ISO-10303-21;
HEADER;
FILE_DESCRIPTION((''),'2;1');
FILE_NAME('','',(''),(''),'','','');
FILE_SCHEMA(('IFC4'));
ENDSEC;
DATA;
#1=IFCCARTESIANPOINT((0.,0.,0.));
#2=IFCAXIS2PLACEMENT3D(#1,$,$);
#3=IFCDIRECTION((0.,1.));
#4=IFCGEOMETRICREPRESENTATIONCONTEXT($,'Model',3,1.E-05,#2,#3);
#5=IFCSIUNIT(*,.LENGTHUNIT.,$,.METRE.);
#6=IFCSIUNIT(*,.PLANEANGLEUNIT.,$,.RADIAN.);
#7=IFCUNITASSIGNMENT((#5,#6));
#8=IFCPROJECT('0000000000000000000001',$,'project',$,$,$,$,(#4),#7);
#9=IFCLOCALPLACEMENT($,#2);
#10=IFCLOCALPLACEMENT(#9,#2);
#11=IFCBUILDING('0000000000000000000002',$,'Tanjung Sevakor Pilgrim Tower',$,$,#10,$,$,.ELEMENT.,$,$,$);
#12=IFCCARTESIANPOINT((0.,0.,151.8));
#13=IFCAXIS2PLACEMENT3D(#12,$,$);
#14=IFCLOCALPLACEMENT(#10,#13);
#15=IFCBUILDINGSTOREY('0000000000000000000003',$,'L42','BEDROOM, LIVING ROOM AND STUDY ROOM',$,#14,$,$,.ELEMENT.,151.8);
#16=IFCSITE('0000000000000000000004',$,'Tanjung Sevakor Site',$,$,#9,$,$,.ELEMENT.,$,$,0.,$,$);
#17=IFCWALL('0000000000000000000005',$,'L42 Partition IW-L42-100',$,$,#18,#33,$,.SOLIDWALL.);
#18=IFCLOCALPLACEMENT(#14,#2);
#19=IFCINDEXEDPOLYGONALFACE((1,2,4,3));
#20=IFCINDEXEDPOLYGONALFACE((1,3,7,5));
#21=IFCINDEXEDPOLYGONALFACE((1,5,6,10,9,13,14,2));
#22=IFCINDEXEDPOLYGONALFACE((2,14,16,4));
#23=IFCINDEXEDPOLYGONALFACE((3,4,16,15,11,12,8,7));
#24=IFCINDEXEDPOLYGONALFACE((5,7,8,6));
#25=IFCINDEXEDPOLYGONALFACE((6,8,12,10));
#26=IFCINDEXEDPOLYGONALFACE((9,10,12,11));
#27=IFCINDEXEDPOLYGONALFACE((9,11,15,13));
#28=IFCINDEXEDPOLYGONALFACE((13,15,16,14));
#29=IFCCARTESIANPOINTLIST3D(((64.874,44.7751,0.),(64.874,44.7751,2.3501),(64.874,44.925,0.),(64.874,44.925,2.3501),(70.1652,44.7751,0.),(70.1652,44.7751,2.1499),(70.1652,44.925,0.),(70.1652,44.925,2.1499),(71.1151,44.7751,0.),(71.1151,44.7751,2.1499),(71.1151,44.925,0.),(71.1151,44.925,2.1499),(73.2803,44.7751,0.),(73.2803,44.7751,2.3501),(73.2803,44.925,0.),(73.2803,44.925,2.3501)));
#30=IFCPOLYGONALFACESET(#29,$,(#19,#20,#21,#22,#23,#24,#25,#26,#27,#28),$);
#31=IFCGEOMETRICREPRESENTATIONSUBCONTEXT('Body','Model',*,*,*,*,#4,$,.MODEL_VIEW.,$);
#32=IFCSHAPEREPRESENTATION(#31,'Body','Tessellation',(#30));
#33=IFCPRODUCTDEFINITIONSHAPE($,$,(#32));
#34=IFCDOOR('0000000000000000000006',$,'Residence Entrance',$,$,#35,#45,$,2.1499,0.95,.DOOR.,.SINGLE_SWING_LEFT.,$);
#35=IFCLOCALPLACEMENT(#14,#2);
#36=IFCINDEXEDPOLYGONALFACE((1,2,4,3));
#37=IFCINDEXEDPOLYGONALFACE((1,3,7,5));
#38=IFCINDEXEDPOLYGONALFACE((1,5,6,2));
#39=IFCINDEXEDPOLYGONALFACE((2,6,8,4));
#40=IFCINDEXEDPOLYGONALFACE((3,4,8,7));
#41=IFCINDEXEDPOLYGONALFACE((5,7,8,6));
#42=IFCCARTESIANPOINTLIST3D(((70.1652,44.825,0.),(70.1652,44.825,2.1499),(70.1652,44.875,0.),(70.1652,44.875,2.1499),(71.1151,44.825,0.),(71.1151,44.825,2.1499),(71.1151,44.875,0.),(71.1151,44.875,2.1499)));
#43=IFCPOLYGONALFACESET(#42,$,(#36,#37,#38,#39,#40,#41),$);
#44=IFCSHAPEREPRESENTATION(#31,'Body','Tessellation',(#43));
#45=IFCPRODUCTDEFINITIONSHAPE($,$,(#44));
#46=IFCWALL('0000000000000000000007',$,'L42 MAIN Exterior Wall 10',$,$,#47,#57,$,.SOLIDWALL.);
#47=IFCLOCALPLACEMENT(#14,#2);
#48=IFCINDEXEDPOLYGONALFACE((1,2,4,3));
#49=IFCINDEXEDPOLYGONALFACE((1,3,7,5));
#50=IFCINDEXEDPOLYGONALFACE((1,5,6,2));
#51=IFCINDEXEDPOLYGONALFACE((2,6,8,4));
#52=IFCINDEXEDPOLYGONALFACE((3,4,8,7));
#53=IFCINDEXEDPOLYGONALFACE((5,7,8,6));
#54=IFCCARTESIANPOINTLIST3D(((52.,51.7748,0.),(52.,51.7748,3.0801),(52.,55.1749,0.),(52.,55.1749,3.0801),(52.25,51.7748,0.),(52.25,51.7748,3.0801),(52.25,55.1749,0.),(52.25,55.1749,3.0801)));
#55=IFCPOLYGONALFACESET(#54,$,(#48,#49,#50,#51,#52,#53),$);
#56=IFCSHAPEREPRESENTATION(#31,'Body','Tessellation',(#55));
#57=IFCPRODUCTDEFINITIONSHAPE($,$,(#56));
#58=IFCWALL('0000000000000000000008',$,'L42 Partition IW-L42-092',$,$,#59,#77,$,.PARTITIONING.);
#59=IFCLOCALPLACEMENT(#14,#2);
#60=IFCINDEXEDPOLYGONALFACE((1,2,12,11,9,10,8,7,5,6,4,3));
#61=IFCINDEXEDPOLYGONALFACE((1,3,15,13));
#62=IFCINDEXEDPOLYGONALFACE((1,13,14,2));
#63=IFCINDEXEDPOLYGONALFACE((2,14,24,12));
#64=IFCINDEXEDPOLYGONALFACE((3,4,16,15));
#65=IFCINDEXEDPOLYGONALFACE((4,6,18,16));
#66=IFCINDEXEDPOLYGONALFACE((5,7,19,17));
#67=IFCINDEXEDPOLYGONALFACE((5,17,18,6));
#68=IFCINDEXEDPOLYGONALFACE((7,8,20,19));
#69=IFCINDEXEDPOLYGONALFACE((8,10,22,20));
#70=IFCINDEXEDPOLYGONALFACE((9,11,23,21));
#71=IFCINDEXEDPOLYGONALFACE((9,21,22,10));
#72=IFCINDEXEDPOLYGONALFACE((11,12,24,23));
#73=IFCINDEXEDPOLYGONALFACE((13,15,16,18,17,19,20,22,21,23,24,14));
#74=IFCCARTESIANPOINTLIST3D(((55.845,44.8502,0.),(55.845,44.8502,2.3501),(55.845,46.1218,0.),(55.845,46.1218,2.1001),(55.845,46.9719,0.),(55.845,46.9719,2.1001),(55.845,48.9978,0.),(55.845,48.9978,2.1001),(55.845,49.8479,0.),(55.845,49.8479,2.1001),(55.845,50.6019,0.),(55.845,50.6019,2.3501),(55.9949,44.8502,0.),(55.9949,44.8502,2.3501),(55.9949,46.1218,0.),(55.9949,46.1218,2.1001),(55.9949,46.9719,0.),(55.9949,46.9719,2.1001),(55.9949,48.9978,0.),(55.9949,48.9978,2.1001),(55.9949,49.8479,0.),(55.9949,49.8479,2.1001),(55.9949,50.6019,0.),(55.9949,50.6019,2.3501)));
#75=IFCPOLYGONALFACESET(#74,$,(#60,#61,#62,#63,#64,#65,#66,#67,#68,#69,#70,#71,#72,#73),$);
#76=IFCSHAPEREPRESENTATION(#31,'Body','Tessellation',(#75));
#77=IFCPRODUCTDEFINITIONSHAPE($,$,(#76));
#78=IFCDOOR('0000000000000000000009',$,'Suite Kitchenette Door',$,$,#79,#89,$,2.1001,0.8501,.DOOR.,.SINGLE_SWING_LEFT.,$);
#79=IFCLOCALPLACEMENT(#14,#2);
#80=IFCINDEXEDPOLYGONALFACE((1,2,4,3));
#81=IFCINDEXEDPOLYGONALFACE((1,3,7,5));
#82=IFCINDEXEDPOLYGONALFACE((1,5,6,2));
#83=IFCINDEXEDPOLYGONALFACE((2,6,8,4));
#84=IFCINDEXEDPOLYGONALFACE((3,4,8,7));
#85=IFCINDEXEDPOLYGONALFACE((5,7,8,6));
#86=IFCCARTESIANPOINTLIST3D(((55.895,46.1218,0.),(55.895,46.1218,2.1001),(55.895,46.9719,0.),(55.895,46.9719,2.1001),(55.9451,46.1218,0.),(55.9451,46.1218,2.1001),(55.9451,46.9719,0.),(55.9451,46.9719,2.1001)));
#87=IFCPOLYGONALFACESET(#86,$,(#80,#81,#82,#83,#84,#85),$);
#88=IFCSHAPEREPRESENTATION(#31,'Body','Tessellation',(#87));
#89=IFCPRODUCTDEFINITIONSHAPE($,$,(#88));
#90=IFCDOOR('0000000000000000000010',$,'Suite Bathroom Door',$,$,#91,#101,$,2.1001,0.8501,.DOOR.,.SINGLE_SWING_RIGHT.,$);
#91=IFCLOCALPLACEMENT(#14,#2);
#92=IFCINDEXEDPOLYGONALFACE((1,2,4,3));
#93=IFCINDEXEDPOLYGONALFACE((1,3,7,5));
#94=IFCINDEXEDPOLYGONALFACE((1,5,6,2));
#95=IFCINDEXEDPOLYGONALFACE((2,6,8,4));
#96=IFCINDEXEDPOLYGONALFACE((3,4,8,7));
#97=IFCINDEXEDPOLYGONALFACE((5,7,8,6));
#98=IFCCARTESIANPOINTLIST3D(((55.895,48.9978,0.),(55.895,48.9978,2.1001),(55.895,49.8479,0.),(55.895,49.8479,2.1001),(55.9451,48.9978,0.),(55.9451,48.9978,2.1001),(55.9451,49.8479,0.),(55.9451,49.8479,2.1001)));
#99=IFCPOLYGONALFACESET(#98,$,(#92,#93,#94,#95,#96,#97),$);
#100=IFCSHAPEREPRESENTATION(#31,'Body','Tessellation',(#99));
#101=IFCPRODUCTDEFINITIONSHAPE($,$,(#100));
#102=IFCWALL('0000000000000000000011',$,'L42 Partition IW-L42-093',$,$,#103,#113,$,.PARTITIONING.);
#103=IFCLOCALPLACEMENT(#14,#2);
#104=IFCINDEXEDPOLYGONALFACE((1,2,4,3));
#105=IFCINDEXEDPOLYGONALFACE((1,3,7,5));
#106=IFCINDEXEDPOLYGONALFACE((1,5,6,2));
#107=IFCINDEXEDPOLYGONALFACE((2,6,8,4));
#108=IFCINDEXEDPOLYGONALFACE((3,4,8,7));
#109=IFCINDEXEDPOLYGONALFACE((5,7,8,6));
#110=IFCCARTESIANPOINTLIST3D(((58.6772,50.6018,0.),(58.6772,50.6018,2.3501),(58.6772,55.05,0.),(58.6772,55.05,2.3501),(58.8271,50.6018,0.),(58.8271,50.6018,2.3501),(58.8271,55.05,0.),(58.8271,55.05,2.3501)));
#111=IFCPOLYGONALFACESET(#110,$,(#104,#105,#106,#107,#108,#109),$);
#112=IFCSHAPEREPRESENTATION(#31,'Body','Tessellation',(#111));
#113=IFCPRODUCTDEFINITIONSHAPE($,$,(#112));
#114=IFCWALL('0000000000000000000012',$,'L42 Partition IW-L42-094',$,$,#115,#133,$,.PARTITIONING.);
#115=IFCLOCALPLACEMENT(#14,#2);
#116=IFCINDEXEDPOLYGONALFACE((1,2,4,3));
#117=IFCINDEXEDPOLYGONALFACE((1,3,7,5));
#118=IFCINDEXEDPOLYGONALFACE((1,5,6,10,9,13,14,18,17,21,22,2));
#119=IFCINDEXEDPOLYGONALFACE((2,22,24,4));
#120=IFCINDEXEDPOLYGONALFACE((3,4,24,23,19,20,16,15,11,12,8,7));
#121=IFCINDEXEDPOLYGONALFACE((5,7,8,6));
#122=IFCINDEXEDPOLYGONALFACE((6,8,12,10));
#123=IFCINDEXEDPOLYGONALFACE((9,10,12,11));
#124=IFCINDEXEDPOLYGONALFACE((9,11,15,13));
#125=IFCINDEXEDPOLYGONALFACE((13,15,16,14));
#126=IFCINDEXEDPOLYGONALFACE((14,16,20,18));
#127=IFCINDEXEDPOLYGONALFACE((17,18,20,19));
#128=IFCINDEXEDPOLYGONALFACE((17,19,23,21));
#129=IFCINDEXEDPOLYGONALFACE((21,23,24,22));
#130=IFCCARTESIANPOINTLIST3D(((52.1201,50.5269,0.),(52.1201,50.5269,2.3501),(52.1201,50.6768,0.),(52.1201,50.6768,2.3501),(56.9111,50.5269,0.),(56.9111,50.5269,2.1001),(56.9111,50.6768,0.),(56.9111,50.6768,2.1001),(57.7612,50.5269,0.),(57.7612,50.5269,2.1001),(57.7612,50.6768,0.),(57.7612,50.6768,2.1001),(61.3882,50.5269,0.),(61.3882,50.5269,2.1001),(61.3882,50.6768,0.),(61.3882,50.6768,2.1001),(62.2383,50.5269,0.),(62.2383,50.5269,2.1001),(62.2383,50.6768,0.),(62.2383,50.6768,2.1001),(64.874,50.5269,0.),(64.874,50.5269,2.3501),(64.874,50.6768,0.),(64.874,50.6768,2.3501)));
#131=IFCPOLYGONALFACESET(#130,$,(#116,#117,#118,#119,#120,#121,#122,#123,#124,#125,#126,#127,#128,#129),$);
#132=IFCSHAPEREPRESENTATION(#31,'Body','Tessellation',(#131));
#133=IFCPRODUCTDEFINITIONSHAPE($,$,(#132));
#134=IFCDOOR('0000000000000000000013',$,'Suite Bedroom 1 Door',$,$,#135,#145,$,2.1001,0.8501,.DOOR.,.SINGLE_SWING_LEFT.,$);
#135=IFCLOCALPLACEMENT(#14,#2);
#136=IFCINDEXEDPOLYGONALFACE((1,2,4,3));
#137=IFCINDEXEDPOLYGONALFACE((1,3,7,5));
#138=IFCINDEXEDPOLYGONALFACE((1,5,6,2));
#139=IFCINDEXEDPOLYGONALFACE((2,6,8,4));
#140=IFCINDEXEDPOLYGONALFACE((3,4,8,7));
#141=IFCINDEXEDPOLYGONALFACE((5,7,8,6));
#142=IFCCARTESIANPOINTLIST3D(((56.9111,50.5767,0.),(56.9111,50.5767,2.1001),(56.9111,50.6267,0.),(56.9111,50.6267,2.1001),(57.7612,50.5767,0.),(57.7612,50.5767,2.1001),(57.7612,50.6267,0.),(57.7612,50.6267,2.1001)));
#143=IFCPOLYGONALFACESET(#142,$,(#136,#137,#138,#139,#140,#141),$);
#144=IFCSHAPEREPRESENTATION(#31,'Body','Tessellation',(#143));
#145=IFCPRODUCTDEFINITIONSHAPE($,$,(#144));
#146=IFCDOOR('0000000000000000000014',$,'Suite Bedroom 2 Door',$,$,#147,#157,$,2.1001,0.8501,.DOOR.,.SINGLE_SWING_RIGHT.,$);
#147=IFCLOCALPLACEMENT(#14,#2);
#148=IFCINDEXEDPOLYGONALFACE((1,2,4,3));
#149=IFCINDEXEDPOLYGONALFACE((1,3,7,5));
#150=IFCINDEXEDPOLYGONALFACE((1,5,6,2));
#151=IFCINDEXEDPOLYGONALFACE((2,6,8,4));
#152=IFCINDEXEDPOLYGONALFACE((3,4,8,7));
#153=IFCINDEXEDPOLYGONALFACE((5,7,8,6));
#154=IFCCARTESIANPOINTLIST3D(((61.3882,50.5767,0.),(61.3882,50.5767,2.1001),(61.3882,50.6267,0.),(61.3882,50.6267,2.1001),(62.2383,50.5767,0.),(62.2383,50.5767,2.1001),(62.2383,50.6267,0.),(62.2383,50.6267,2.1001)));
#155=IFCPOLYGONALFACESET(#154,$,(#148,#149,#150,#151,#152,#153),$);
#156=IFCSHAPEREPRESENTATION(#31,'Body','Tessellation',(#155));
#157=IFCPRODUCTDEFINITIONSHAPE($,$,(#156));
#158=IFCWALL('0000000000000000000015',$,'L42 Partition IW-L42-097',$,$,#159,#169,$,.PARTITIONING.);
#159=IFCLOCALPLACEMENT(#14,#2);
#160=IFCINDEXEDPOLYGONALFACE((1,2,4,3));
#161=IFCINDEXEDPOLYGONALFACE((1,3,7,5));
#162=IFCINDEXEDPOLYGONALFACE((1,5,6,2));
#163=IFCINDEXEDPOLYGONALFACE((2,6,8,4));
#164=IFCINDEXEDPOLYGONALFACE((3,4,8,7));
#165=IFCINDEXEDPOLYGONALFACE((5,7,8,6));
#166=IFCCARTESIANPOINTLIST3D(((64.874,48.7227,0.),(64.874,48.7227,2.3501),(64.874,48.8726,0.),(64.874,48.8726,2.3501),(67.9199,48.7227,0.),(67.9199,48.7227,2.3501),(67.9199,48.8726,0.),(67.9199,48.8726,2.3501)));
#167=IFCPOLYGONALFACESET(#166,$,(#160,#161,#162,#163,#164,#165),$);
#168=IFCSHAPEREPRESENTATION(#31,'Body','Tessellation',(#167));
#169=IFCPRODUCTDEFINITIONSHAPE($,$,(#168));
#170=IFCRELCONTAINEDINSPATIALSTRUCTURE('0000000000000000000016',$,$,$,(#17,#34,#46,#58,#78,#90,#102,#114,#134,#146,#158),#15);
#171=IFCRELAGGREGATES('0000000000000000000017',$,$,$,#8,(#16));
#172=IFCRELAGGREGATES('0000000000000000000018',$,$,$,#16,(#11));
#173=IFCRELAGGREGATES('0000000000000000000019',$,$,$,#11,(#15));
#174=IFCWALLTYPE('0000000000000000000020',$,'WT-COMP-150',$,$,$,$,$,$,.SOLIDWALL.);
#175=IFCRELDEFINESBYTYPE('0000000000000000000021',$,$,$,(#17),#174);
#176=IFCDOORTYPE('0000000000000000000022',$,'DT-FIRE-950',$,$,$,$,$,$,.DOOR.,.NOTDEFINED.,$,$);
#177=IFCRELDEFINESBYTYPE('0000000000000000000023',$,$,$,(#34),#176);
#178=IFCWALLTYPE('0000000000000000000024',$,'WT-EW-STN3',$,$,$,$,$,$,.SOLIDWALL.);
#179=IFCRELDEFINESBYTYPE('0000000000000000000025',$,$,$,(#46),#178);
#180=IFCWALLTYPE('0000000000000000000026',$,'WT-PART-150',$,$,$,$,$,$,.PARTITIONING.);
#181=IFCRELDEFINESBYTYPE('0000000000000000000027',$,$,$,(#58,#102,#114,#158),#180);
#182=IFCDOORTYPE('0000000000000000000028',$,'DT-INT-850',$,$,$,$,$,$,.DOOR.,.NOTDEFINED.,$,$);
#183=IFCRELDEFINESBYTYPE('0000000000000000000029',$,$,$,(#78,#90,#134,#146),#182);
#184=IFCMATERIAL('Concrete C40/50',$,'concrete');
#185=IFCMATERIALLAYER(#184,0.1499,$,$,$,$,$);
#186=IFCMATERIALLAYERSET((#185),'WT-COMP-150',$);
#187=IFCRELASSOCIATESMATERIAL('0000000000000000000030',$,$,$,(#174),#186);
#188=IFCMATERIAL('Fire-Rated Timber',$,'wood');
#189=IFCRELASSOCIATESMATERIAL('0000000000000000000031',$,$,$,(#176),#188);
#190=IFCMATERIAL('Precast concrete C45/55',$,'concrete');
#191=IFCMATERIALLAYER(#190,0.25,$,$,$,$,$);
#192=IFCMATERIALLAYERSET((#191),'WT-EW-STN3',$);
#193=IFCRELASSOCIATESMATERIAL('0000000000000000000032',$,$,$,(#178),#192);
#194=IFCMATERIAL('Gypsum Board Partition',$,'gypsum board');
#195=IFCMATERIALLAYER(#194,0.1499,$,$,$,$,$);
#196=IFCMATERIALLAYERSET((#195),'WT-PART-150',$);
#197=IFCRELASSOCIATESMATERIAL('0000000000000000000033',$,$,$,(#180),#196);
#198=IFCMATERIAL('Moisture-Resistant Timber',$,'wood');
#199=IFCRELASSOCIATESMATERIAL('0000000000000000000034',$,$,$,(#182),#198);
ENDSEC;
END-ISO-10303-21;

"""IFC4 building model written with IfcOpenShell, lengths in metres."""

from ifc_helpers import new_model, si_unit, direction, frame, frame_2d, origin, place, context, subcontext, project, spatial, rectangle, extrude, material, layer, layer_set, type_object, element, fill, save


model = new_model("IFC4")

# Units and contexts
model_context = context("Model", 3, precision=1e-05, world=origin(), true_north=direction((0.0, 1.0)))
body_context = subcontext(model_context, "Body", "Model", "MODEL_VIEW")
ifc_project = project(units=[si_unit("LENGTHUNIT", "METRE"), si_unit("PLANEANGLEUNIT", "RADIAN")], contexts=[model_context])

# Site, building, storey
site_placement = place(None, origin())
site = spatial("IfcSite", under=ifc_project, at=site_placement, Name="Tanjung Sevakor Site", CompositionType="ELEMENT", RefElevation=0.0)
building_placement = place(site_placement, origin())
building = spatial("IfcBuilding", under=site, at=building_placement, Name="Tanjung Sevakor Pilgrim Tower", CompositionType="ELEMENT")
storey_placement = place(building_placement, frame((0.0, 0.0, 151.8)))
storey = spatial("IfcBuildingStorey", under=building, at=storey_placement, Name="L42", Description="BEDROOM, LIVING ROOM AND STUDY ROOM", CompositionType="ELEMENT", Elevation=151.8)

# Shared definitions
ifc_material_1 = material(Name="Concrete C40/50", Category="concrete")
ifc_layer_1 = layer(ifc_material_1, 0.1499)
ifc_layer_set_1 = layer_set([ifc_layer_1], Name="WT-COMP-150")
wall_type_1 = type_object("IfcWallType", Name="WT-COMP-150", PredefinedType="SOLIDWALL", material=ifc_layer_set_1)

# Wall, opening, door
ifc_material_2 = material(Name="Fire-Rated Timber", Category="wood")
door_type_1 = type_object("IfcDoorType", Name="DT-FIRE-950", OperationType="NOTDEFINED", PredefinedType="DOOR", material=ifc_material_2)
wall_1_placement = place(storey_placement, frame((64.874, 44.8501, 0.0), z_axis=(0.0, 0.0, 1.0), x_axis=(1.0, 0.0, 0.0)))
wall_1 = element("IfcWall", 1, at=wall_1_placement, inside=storey, type_object=wall_type_1, Name="L42 Partition IW-L42-100", PredefinedType="SOLIDWALL", context=body_context, shape_type="SweptSolid", body=[
    extrude(rectangle(XDim=8.4062, YDim=0.1499, at=frame_2d((4.2031, 0.0))), origin(), (0.0, 0.0, 1.0), 2.3501),
])
opening_1_placement = place(wall_1_placement, frame((5.291, 0.0, 0.0)))
opening_1 = element("IfcOpeningElement", 2, at=opening_1_placement, cuts=wall_1, PredefinedType="OPENING", context=body_context, shape_type="SweptSolid", body=[
    extrude(rectangle(XDim=0.95, YDim=2.1499, at=frame_2d((0.4751, 1.075))), frame((0.0, 0.085, 0.0), z_axis=(0.0, -1.0, 0.0), x_axis=(1.0, 0.0, 0.0)), (0.0, 0.0, 1.0), 0.1699),
])
door_1_placement = place(opening_1_placement, origin())
door_1 = element("IfcDoor", 3, at=door_1_placement, inside=storey, type_object=door_type_1, Name="Residence Entrance", OperationType="SINGLE_SWING_LEFT", OverallHeight=2.1499, OverallWidth=0.95, PredefinedType="DOOR", context=body_context, shape_type="SweptSolid", body=[
    extrude(rectangle(XDim=0.95, YDim=2.1499, at=frame_2d((0.4751, 1.075))), frame((0.0, 0.0249, 0.0), z_axis=(0.0, -1.0, 0.0), x_axis=(1.0, 0.0, 0.0)), (0.0, 0.0, 1.0), 0.05),
])
fill(opening_1, door_1)

# Wall
ifc_material_3 = material(Name="Precast concrete C45/55", Category="concrete")
ifc_layer_2 = layer(ifc_material_3, 0.25)
ifc_layer_set_2 = layer_set([ifc_layer_2], Name="WT-EW-STN3")
wall_type_2 = type_object("IfcWallType", Name="WT-EW-STN3", PredefinedType="SOLIDWALL", material=ifc_layer_set_2)
wall_2_placement = place(storey_placement, frame((52.125, 55.175, 0.0), z_axis=(0.0, 0.0, 1.0), x_axis=(0.0, -1.0, 0.0)))
element("IfcWall", 4, at=wall_2_placement, inside=storey, type_object=wall_type_2, Name="L42 MAIN Exterior Wall 10", PredefinedType="SOLIDWALL", context=body_context, shape_type="SweptSolid", body=[
    extrude(rectangle(XDim=3.4001, YDim=0.25, at=frame_2d((1.7002, 0.0))), origin(), (0.0, 0.0, 1.0), 3.0801),
])

# Wall, openings, doors
ifc_material_4 = material(Name="Gypsum Board Partition", Category="gypsum board")
ifc_layer_3 = layer(ifc_material_4, 0.1499)
ifc_layer_set_3 = layer_set([ifc_layer_3], Name="WT-PART-150")
wall_type_3 = type_object("IfcWallType", Name="WT-PART-150", PredefinedType="PARTITIONING", material=ifc_layer_set_3)
wall_3_placement = place(storey_placement, frame((55.9199, 44.8501, 0.0), z_axis=(0.0, 0.0, 1.0), x_axis=(0.0, 1.0, 0.0)))
wall_3 = element("IfcWall", 5, at=wall_3_placement, inside=storey, type_object=wall_type_3, Name="L42 Partition IW-L42-092", PredefinedType="PARTITIONING", context=body_context, shape_type="SweptSolid", body=[
    extrude(rectangle(XDim=5.7517, YDim=0.1499, at=frame_2d((2.876, 0.0))), origin(), (0.0, 0.0, 1.0), 2.3501),
])
opening_2_placement = place(wall_3_placement, frame((1.2717, 0.0, 0.0)))
opening_2 = element("IfcOpeningElement", 6, at=opening_2_placement, cuts=wall_3, PredefinedType="OPENING", context=body_context, shape_type="SweptSolid", body=[
    extrude(rectangle(XDim=0.8501, YDim=2.1001, at=frame_2d((0.425, 1.05))), frame((0.0, 0.085, 0.0), z_axis=(0.0, -1.0, 0.0), x_axis=(1.0, 0.0, 0.0)), (0.0, 0.0, 1.0), 0.1699),
])
opening_3_placement = place(wall_3_placement, frame((4.1477, 0.0, 0.0)))
opening_3 = element("IfcOpeningElement", 7, at=opening_3_placement, cuts=wall_3, PredefinedType="OPENING", context=body_context, shape_type="SweptSolid", body=[
    extrude(rectangle(XDim=0.8501, YDim=2.1001, at=frame_2d((0.425, 1.05))), frame((0.0, 0.085, 0.0), z_axis=(0.0, -1.0, 0.0), x_axis=(1.0, 0.0, 0.0)), (0.0, 0.0, 1.0), 0.1699),
])
ifc_material_5 = material(Name="Moisture-Resistant Timber", Category="wood")
door_type_2 = type_object("IfcDoorType", Name="DT-INT-850", OperationType="NOTDEFINED", PredefinedType="DOOR", material=ifc_material_5)
door_2_placement = place(opening_2_placement, origin())
door_2 = element("IfcDoor", 8, at=door_2_placement, inside=storey, type_object=door_type_2, Name="Suite Kitchenette Door", OperationType="SINGLE_SWING_LEFT", OverallHeight=2.1001, OverallWidth=0.8501, PredefinedType="DOOR", context=body_context, shape_type="SweptSolid", body=[
    extrude(rectangle(XDim=0.8501, YDim=2.1001, at=frame_2d((0.425, 1.05))), frame((0.0, 0.0249, 0.0), z_axis=(0.0, -1.0, 0.0), x_axis=(1.0, 0.0, 0.0)), (0.0, 0.0, 1.0), 0.05),
])
fill(opening_2, door_2)
door_3_placement = place(opening_3_placement, origin())
door_3 = element("IfcDoor", 9, at=door_3_placement, inside=storey, type_object=door_type_2, Name="Suite Bathroom Door", OperationType="SINGLE_SWING_RIGHT", OverallHeight=2.1001, OverallWidth=0.8501, PredefinedType="DOOR", context=body_context, shape_type="SweptSolid", body=[
    extrude(rectangle(XDim=0.8501, YDim=2.1001, at=frame_2d((0.425, 1.05))), frame((0.0, 0.0249, 0.0), z_axis=(0.0, -1.0, 0.0), x_axis=(1.0, 0.0, 0.0)), (0.0, 0.0, 1.0), 0.05),
])
fill(opening_3, door_3)

# Wall
wall_4_placement = place(storey_placement, frame((58.7522, 50.6018, 0.0), z_axis=(0.0, 0.0, 1.0), x_axis=(0.0, 1.0, 0.0)))
element("IfcWall", 10, at=wall_4_placement, inside=storey, type_object=wall_type_3, Name="L42 Partition IW-L42-093", PredefinedType="PARTITIONING", context=body_context, shape_type="SweptSolid", body=[
    extrude(rectangle(XDim=4.4482, YDim=0.1499, at=frame_2d((2.2241, 0.0))), origin(), (0.0, 0.0, 1.0), 2.3501),
])

# Wall, openings, doors
wall_5_placement = place(storey_placement, frame((52.1201, 50.6018, 0.0), z_axis=(0.0, 0.0, 1.0), x_axis=(1.0, 0.0, 0.0)))
wall_5 = element("IfcWall", 11, at=wall_5_placement, inside=storey, type_object=wall_type_3, Name="L42 Partition IW-L42-094", PredefinedType="PARTITIONING", context=body_context, shape_type="SweptSolid", body=[
    extrude(rectangle(XDim=12.7539, YDim=0.1499, at=frame_2d((6.377, 0.0))), origin(), (0.0, 0.0, 1.0), 2.3501),
])
opening_4_placement = place(wall_5_placement, frame((4.791, 0.0, 0.0)))
opening_4 = element("IfcOpeningElement", 12, at=opening_4_placement, cuts=wall_5, PredefinedType="OPENING", context=body_context, shape_type="SweptSolid", body=[
    extrude(rectangle(XDim=0.8501, YDim=2.1001, at=frame_2d((0.425, 1.05))), frame((0.0, 0.085, 0.0), z_axis=(0.0, -1.0, 0.0), x_axis=(1.0, 0.0, 0.0)), (0.0, 0.0, 1.0), 0.1699),
])
opening_5_placement = place(wall_5_placement, frame((9.2681, 0.0, 0.0)))
opening_5 = element("IfcOpeningElement", 13, at=opening_5_placement, cuts=wall_5, PredefinedType="OPENING", context=body_context, shape_type="SweptSolid", body=[
    extrude(rectangle(XDim=0.8501, YDim=2.1001, at=frame_2d((0.425, 1.05))), frame((0.0, 0.085, 0.0), z_axis=(0.0, -1.0, 0.0), x_axis=(1.0, 0.0, 0.0)), (0.0, 0.0, 1.0), 0.1699),
])
door_4_placement = place(opening_4_placement, origin())
door_4 = element("IfcDoor", 14, at=door_4_placement, inside=storey, type_object=door_type_2, Name="Suite Bedroom 1 Door", OperationType="SINGLE_SWING_LEFT", OverallHeight=2.1001, OverallWidth=0.8501, PredefinedType="DOOR", context=body_context, shape_type="SweptSolid", body=[
    extrude(rectangle(XDim=0.8501, YDim=2.1001, at=frame_2d((0.425, 1.05))), frame((0.0, 0.0249, 0.0), z_axis=(0.0, -1.0, 0.0), x_axis=(1.0, 0.0, 0.0)), (0.0, 0.0, 1.0), 0.05),
])
fill(opening_4, door_4)
door_5_placement = place(opening_5_placement, origin())
door_5 = element("IfcDoor", 15, at=door_5_placement, inside=storey, type_object=door_type_2, Name="Suite Bedroom 2 Door", OperationType="SINGLE_SWING_RIGHT", OverallHeight=2.1001, OverallWidth=0.8501, PredefinedType="DOOR", context=body_context, shape_type="SweptSolid", body=[
    extrude(rectangle(XDim=0.8501, YDim=2.1001, at=frame_2d((0.425, 1.05))), frame((0.0, 0.0249, 0.0), z_axis=(0.0, -1.0, 0.0), x_axis=(1.0, 0.0, 0.0)), (0.0, 0.0, 1.0), 0.05),
])
fill(opening_5, door_5)

# Wall
wall_6_placement = place(storey_placement, frame((64.874, 48.7976, 0.0), z_axis=(0.0, 0.0, 1.0), x_axis=(1.0, 0.0, 0.0)))
element("IfcWall", 16, at=wall_6_placement, inside=storey, type_object=wall_type_3, Name="L42 Partition IW-L42-097", PredefinedType="PARTITIONING", context=body_context, shape_type="SweptSolid", body=[
    extrude(rectangle(XDim=3.0459, YDim=0.1499, at=frame_2d((1.5229, 0.0))), origin(), (0.0, 0.0, 1.0), 2.3501),
])

save(model, "model.ifc")
